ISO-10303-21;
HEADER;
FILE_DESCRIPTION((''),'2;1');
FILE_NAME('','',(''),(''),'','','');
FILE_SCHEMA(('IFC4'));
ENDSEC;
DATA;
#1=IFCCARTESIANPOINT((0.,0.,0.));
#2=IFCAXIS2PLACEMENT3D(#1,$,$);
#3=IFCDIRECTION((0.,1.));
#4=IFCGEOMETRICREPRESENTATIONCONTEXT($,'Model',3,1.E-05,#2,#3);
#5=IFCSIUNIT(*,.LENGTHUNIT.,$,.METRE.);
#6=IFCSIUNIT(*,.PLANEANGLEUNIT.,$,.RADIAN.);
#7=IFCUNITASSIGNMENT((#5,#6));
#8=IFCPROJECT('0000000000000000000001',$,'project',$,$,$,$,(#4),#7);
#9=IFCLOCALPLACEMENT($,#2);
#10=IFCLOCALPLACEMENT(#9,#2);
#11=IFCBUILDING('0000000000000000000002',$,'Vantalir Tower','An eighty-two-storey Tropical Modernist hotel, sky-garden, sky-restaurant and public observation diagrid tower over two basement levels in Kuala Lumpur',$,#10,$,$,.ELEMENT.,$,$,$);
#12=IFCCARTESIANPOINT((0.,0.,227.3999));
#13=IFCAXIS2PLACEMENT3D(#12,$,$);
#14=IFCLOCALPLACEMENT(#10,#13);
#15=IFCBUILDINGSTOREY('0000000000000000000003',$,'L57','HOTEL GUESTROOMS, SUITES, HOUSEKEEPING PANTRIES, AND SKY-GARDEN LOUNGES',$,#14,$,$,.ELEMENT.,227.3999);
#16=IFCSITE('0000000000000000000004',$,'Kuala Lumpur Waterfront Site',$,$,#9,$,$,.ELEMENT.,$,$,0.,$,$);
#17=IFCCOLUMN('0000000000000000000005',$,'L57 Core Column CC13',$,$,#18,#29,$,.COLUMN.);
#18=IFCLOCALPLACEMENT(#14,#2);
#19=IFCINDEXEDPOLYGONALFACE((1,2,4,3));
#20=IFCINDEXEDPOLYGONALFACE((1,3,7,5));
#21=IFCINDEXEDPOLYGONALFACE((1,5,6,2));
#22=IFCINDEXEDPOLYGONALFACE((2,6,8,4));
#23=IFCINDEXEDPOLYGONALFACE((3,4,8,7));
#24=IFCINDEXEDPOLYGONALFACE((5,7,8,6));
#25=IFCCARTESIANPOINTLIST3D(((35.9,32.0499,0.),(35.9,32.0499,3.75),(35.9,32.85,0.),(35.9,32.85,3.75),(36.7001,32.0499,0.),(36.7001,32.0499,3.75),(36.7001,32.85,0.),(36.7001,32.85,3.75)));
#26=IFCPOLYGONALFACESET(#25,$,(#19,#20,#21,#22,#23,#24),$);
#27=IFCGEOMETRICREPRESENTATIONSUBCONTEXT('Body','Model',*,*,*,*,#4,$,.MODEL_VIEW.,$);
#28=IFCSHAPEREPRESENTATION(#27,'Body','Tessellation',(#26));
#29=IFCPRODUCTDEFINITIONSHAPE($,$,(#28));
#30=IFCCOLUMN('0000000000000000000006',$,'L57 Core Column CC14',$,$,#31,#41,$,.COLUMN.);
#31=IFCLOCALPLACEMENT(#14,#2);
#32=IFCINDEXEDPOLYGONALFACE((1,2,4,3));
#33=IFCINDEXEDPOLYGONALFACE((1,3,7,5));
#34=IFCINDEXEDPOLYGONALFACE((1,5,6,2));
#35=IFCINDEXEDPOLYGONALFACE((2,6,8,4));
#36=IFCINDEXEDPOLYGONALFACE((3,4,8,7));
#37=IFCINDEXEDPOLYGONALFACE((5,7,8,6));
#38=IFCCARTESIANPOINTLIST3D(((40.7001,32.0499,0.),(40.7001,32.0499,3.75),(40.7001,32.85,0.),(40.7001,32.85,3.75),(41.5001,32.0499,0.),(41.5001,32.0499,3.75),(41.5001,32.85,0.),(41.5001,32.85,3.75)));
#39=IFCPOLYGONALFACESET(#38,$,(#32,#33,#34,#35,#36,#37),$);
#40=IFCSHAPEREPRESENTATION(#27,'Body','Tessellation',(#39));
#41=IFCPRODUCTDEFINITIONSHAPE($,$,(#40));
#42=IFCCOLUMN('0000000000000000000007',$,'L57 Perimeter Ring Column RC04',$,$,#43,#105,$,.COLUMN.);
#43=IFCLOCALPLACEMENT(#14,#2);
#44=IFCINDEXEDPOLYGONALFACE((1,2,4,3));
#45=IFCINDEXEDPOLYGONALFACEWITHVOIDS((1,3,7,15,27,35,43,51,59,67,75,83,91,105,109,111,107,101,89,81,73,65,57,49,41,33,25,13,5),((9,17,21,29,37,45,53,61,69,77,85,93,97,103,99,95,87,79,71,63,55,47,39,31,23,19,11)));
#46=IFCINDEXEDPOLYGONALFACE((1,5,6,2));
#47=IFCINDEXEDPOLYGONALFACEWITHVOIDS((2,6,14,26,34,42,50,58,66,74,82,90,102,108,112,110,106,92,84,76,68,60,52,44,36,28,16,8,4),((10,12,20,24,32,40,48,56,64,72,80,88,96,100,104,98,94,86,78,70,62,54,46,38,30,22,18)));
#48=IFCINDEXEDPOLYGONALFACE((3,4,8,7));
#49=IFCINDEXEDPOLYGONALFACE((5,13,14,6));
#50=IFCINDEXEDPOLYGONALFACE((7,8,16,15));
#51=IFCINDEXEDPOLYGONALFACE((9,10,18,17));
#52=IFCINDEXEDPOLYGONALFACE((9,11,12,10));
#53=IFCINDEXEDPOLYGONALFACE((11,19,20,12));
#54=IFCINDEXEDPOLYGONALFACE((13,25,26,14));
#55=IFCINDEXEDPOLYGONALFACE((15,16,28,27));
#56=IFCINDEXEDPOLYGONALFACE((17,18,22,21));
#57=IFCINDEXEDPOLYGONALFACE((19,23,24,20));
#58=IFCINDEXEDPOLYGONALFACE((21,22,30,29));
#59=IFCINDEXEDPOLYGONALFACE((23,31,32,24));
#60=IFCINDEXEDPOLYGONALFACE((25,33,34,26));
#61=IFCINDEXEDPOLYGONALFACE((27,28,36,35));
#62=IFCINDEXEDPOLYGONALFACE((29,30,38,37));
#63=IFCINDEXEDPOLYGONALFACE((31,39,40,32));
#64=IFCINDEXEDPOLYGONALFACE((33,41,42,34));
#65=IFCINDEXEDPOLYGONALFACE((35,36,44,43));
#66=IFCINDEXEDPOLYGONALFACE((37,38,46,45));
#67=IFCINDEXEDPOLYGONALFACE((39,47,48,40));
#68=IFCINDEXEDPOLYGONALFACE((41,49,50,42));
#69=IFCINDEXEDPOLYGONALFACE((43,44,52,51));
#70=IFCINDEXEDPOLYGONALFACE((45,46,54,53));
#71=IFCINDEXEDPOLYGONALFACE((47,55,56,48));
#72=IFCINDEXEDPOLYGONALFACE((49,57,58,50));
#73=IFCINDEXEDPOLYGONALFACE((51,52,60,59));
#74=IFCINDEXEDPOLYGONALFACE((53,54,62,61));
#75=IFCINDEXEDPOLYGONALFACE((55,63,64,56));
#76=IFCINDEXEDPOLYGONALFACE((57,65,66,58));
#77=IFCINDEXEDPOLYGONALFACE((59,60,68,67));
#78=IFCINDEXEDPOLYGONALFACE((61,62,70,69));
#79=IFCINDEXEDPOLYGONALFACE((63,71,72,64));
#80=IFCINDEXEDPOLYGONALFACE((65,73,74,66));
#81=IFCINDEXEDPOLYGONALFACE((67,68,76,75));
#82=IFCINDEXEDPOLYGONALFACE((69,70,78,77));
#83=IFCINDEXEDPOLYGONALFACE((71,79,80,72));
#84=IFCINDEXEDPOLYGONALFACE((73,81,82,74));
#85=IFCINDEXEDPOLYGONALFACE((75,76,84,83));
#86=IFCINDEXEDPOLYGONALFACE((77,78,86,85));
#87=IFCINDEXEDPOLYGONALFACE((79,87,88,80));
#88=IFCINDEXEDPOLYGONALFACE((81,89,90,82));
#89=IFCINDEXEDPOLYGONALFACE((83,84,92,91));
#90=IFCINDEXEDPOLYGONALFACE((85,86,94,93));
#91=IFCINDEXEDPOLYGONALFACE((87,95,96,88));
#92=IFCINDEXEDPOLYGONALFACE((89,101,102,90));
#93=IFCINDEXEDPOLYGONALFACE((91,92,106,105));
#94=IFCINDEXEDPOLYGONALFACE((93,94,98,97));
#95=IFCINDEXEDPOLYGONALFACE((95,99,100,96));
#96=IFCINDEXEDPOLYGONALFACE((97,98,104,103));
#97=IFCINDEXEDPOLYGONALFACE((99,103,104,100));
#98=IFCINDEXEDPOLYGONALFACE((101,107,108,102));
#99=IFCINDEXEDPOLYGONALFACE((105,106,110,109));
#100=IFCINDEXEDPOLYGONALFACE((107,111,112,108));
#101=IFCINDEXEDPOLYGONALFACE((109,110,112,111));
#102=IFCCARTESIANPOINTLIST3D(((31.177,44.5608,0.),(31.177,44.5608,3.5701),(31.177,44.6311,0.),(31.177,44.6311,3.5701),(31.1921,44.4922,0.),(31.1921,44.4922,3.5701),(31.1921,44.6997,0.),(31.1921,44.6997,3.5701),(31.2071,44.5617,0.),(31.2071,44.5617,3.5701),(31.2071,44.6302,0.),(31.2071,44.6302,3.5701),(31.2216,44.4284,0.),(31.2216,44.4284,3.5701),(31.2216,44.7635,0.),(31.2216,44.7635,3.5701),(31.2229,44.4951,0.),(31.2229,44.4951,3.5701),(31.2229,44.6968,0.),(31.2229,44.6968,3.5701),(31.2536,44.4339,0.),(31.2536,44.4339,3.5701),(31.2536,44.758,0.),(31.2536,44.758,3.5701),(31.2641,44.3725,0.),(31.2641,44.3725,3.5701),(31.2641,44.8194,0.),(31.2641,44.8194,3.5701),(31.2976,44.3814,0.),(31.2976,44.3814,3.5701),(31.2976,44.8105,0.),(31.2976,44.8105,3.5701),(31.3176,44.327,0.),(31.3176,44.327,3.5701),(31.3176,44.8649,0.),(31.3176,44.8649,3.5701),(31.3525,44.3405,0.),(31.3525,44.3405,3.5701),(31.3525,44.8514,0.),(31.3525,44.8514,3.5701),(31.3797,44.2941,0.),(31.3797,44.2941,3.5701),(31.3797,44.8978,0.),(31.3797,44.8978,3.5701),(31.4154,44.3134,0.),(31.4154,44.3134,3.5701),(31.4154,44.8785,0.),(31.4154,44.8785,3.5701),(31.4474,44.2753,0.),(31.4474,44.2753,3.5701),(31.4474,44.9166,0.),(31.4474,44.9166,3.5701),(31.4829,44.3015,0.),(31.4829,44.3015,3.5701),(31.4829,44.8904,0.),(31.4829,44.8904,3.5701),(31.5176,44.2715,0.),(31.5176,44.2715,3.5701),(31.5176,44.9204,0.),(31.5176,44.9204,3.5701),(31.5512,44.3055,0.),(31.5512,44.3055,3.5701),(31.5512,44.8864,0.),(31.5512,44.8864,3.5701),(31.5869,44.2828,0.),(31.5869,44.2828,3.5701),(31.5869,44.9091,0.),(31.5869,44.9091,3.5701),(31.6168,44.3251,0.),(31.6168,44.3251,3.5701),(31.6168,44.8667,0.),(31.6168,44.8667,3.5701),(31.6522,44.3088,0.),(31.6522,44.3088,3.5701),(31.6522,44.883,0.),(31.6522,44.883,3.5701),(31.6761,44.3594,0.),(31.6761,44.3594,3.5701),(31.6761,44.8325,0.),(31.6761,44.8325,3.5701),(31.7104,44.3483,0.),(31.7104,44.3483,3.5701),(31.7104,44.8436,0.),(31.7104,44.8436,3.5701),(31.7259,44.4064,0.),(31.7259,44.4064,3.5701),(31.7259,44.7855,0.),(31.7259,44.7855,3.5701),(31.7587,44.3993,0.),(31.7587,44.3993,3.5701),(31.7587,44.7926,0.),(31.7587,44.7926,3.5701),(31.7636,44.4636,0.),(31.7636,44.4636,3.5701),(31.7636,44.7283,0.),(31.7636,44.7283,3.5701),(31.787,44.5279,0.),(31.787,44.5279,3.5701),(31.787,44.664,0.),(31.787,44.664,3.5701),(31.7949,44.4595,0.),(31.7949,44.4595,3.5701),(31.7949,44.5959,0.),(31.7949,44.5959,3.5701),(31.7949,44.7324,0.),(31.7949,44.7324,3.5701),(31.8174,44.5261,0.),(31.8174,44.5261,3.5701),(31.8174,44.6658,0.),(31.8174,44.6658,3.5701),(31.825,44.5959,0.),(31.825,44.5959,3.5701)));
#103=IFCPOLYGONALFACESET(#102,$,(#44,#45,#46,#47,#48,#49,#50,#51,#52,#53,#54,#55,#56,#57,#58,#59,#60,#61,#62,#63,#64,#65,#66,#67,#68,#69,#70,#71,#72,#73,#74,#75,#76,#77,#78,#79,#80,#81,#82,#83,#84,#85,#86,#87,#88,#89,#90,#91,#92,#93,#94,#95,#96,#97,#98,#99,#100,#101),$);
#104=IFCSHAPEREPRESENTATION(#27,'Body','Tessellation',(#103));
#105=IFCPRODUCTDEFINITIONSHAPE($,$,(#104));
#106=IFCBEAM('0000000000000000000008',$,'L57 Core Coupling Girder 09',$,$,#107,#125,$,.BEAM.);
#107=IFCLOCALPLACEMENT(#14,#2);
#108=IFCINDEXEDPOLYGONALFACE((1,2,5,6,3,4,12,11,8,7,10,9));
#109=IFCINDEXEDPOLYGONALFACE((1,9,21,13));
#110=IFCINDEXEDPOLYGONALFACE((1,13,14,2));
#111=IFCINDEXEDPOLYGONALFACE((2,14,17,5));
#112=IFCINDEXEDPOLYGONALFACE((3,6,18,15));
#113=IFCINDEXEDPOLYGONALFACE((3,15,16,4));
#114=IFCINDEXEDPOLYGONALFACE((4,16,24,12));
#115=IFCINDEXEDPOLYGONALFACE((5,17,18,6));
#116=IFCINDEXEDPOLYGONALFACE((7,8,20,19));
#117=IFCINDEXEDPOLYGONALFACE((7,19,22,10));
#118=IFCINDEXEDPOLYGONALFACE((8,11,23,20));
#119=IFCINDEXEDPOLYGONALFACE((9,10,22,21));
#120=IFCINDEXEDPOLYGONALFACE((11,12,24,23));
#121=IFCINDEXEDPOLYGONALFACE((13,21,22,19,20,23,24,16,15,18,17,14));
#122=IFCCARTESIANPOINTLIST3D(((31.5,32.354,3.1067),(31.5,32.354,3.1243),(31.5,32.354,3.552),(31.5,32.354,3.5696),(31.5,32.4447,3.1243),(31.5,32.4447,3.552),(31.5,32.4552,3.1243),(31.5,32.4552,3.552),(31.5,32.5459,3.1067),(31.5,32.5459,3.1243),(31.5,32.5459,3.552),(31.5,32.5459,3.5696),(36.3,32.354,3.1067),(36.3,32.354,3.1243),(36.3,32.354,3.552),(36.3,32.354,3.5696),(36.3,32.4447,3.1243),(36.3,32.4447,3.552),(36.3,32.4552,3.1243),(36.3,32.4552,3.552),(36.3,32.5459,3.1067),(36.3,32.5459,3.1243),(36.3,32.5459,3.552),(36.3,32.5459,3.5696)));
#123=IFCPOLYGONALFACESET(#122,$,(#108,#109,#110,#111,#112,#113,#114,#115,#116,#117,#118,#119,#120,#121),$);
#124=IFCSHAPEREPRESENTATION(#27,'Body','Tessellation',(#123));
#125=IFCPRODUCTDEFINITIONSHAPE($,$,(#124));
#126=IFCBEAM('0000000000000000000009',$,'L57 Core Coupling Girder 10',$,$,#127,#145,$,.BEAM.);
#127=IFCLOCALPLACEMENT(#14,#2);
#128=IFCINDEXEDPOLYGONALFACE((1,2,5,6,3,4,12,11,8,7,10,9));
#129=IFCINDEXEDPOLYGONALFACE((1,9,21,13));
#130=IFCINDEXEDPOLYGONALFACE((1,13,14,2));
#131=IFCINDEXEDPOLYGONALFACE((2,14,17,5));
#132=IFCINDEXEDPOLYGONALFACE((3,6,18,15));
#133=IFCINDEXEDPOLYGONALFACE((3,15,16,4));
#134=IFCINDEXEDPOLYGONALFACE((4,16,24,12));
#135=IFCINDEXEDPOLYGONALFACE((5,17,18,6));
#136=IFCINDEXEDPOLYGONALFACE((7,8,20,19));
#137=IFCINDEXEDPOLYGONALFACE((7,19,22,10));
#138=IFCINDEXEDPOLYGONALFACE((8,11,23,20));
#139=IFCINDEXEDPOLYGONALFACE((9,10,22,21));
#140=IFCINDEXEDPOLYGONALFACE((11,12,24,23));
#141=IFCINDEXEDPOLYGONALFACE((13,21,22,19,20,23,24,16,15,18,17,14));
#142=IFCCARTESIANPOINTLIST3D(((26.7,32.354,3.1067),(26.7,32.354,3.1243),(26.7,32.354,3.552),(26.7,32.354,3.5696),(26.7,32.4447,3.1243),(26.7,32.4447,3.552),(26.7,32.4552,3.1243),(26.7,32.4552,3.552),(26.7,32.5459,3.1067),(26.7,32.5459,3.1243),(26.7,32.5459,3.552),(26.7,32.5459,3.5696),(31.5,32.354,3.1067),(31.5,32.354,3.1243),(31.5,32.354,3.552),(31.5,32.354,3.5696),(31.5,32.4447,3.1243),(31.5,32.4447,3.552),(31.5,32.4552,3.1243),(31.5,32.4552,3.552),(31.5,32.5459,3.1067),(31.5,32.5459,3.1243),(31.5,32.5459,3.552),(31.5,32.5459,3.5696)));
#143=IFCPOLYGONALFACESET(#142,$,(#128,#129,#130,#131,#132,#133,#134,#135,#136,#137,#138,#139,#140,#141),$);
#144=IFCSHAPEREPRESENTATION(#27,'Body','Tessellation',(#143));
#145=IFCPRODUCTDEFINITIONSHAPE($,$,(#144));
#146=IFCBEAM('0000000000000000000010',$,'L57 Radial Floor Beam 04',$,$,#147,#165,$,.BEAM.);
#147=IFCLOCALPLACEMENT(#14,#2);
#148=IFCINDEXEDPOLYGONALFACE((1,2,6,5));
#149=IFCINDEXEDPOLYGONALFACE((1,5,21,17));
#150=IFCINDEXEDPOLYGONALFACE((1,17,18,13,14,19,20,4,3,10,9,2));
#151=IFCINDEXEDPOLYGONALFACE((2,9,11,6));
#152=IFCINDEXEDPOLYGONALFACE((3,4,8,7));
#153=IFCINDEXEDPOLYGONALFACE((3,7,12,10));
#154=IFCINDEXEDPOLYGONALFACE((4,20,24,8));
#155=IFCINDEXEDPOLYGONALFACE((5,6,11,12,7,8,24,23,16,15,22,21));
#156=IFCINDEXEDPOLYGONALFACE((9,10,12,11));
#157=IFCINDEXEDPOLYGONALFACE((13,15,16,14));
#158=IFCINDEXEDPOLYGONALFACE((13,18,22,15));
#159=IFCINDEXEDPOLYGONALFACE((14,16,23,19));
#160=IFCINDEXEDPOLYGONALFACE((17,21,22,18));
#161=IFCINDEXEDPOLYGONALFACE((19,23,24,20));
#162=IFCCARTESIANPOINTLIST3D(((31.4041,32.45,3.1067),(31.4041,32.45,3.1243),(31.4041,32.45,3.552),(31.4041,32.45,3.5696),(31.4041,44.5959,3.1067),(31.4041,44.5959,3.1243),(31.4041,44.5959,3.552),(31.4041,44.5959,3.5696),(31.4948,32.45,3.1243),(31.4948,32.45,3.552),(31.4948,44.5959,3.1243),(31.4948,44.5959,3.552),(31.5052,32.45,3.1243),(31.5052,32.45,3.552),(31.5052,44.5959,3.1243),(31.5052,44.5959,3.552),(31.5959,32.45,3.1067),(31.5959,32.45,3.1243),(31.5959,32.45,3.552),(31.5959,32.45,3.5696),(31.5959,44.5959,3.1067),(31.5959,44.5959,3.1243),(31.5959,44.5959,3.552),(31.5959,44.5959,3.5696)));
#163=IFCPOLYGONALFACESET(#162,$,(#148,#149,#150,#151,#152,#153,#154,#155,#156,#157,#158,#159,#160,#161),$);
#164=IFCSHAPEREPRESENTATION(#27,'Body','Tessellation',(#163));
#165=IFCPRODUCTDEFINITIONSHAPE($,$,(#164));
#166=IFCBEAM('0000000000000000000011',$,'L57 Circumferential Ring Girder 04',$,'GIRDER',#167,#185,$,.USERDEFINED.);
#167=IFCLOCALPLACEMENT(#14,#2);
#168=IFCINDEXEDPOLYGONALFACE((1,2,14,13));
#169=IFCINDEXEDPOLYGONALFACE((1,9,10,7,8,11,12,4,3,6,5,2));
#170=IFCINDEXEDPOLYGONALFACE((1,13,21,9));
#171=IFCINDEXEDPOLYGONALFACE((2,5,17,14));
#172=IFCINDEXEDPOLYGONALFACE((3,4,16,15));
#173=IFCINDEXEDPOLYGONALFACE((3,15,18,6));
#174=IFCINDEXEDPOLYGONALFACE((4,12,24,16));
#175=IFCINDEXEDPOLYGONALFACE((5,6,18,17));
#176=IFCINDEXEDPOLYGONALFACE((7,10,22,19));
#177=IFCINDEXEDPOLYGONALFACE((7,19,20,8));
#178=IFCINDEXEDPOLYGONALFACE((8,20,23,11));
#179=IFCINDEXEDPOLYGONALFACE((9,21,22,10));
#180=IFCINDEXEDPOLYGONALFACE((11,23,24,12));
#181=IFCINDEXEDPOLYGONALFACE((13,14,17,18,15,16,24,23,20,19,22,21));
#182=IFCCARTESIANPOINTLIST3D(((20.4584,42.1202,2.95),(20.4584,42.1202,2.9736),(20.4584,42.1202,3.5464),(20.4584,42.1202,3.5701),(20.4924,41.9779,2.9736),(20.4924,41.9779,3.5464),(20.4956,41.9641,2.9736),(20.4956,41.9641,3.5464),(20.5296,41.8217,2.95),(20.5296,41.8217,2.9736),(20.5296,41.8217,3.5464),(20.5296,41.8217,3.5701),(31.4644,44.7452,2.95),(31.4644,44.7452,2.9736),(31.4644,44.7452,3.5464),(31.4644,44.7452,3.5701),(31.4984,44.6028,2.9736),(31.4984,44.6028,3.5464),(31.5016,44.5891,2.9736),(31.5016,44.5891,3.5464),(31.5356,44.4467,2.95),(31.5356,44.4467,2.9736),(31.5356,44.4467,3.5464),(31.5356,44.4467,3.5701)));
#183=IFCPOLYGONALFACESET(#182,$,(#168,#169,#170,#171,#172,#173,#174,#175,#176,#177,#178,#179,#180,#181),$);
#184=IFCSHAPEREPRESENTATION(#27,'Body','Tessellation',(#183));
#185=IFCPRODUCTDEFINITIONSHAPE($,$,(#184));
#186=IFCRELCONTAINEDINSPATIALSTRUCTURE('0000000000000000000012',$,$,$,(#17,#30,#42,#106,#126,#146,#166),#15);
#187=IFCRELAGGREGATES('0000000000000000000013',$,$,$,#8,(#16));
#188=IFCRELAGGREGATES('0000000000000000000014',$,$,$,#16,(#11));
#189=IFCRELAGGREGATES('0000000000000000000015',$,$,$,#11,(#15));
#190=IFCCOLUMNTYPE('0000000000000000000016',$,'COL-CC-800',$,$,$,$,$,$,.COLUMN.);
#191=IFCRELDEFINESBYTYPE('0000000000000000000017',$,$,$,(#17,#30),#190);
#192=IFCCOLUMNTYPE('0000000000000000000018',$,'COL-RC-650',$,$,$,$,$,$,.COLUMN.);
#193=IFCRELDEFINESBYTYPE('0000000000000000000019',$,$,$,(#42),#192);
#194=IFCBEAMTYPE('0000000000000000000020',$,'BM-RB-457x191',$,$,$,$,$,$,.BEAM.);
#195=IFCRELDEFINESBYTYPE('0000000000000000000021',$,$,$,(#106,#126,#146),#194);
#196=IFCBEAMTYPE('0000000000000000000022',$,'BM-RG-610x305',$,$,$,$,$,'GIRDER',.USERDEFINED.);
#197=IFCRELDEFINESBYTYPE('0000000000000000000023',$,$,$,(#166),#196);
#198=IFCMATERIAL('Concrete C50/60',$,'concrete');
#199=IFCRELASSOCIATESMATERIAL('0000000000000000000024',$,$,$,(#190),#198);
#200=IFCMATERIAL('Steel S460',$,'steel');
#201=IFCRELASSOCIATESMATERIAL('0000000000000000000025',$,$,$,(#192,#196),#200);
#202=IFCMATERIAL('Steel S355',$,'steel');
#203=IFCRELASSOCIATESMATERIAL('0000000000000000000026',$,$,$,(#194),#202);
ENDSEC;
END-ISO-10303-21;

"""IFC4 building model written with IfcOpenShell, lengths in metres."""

from ifc_helpers import new_model, si_unit, direction, frame, origin, origin_2d, place, context, subcontext, project, spatial, rectangle, hollow_circle, i_section, extrude, material, material_profile, profile_set, type_object, element, save


model = new_model("IFC4")

# Units and contexts
model_context = context("Model", 3, precision=1e-05, world=origin(), true_north=direction((0.0, 1.0)))
body_context = subcontext(model_context, "Body", "Model", "MODEL_VIEW")
ifc_project = project(units=[si_unit("LENGTHUNIT", "METRE"), si_unit("PLANEANGLEUNIT", "RADIAN")], contexts=[model_context])

# Site, building, storey
site_placement = place(None, origin())
site = spatial("IfcSite", under=ifc_project, at=site_placement, Name="Kuala Lumpur Waterfront Site", CompositionType="ELEMENT", RefElevation=0.0)
building_placement = place(site_placement, origin())
building = spatial("IfcBuilding", under=site, at=building_placement, Name="Vantalir Tower", Description="An eighty-two-storey Tropical Modernist hotel, sky-garden, sky-restaurant and public observation diagrid tower over two basement levels in Kuala Lumpur", CompositionType="ELEMENT")
storey_placement = place(building_placement, frame((0.0, 0.0, 227.3999)))
storey = spatial("IfcBuildingStorey", under=building, at=storey_placement, Name="L57", Description="HOTEL GUESTROOMS, SUITES, HOUSEKEEPING PANTRIES, AND SKY-GARDEN LOUNGES", CompositionType="ELEMENT", Elevation=227.3999)

# Columns
ifc_material_1 = material(Name="Concrete C50/60", Category="concrete")
ifc_material_profile_1 = material_profile(ifc_material_1, rectangle(XDim=0.8, YDim=0.8, at=origin_2d()), Name="Concrete C50/60")
ifc_profile_set_1 = profile_set([ifc_material_profile_1], Name="Concrete C50/60")
column_type_1 = type_object("IfcColumnType", Name="COL-CC-800", PredefinedType="COLUMN", material=ifc_profile_set_1)
for number, where, z_axis, x_axis, name in (
    (1, (36.3, 32.45, 0.0), (0.0, 0.0, 1.0), (1.0, 0.0, 0.0), "L57 Core Column CC13"),
    (2, (41.1001, 32.45, 0.0), (0.0, 0.0, 1.0), (1.0, 0.0, 0.0), "L57 Core Column CC14"),
):
    element("IfcColumn", number, at=place(storey_placement, frame(where, z_axis=z_axis, x_axis=x_axis)), inside=storey, type_object=column_type_1, Name=name, PredefinedType="COLUMN", context=body_context, shape_type="SweptSolid", body=[
        extrude(rectangle(XDim=0.8, YDim=0.8, at=origin_2d()), origin(), (0.0, 0.0, 1.0), 3.75),
    ])
ifc_material_2 = material(Name="Steel S460", Category="steel")
ifc_material_profile_2 = material_profile(ifc_material_2, hollow_circle(Radius=0.325, WallThickness=0.03, at=origin_2d()), Name="Steel S460")
ifc_profile_set_2 = profile_set([ifc_material_profile_2], Name="Steel S460")
column_type_2 = type_object("IfcColumnType", Name="COL-RC-650", PredefinedType="COLUMN", material=ifc_profile_set_2)
column_placement = place(storey_placement, frame((31.5, 44.5959, 0.0), z_axis=(0.0, 0.0, 1.0), x_axis=(1.0, 0.0, 0.0)))
element("IfcColumn", 3, at=column_placement, inside=storey, type_object=column_type_2, Name="L57 Perimeter Ring Column RC04", PredefinedType="COLUMN", context=body_context, shape_type="SweptSolid", body=[
    extrude(hollow_circle(Radius=0.325, WallThickness=0.03, at=origin_2d()), origin(), (0.0, 0.0, 1.0), 3.5701),
])

# Beams
ifc_material_3 = material(Name="Steel S355", Category="steel")
ifc_material_profile_3 = material_profile(ifc_material_3, i_section(OverallWidth=0.1919, OverallDepth=0.4629, WebThickness=0.0105, FlangeThickness=0.0176, at=origin_2d()), Name="Steel S355")
ifc_profile_set_3 = profile_set([ifc_material_profile_3], Name="Steel S355")
beam_type_1 = type_object("IfcBeamType", Name="BM-RB-457x191", PredefinedType="BEAM", material=ifc_profile_set_3)
for number, where, z_axis, x_axis, name in (
    (4, (36.3, 32.45, 3.3381), (-1.0, 0.0, 0.0), (0.0, -1.0, 0.0), "L57 Core Coupling Girder 09"),
    (5, (31.5, 32.45, 3.3381), (-1.0, 0.0, 0.0), (0.0, -1.0, 0.0), "L57 Core Coupling Girder 10"),
):
    element("IfcBeam", number, at=place(storey_placement, frame(where, z_axis=z_axis, x_axis=x_axis)), inside=storey, type_object=beam_type_1, Name=name, PredefinedType="BEAM", context=body_context, shape_type="SweptSolid", body=[
        extrude(i_section(OverallWidth=0.1919, OverallDepth=0.4629, WebThickness=0.0105, FlangeThickness=0.0176, at=origin_2d()), origin(), (0.0, 0.0, 1.0), 4.8),
    ])
beam_1_placement = place(storey_placement, frame((31.5, 44.5959, 3.3381), z_axis=(0.0, -1.0, 0.0), x_axis=(1.0, 0.0, 0.0)))
element("IfcBeam", 6, at=beam_1_placement, inside=storey, type_object=beam_type_1, Name="L57 Radial Floor Beam 04", PredefinedType="BEAM", context=body_context, shape_type="SweptSolid", body=[
    extrude(i_section(OverallWidth=0.1919, OverallDepth=0.4629, WebThickness=0.0105, FlangeThickness=0.0176, at=origin_2d()), origin(), (0.0, 0.0, 1.0), 12.146),
])
ifc_material_profile_4 = material_profile(ifc_material_2, i_section(OverallWidth=0.3069, OverallDepth=0.6201, WebThickness=0.0142, FlangeThickness=0.0237, at=origin_2d()), Name="Steel S460")
ifc_profile_set_4 = profile_set([ifc_material_profile_4], Name="Steel S460")
beam_type_2 = type_object("IfcBeamType", Name="BM-RG-610x305", ElementType="GIRDER", PredefinedType="USERDEFINED", material=ifc_profile_set_4)
beam_2_placement = place(storey_placement, frame((31.5, 44.5959, 3.26), z_axis=(-0.972717, -0.231997, 0.0), x_axis=(0.231997, -0.972717, 0.0)))
element("IfcBeam", 7, at=beam_2_placement, inside=storey, type_object=beam_type_2, Name="L57 Circumferential Ring Girder 04", ObjectType="GIRDER", PredefinedType="USERDEFINED", context=body_context, shape_type="SweptSolid", body=[
    extrude(i_section(OverallWidth=0.3069, OverallDepth=0.6201, WebThickness=0.0142, FlangeThickness=0.0237, at=origin_2d()), origin(), (0.0, 0.0, 1.0), 11.3147),
])

save(model, "model.ifc")
